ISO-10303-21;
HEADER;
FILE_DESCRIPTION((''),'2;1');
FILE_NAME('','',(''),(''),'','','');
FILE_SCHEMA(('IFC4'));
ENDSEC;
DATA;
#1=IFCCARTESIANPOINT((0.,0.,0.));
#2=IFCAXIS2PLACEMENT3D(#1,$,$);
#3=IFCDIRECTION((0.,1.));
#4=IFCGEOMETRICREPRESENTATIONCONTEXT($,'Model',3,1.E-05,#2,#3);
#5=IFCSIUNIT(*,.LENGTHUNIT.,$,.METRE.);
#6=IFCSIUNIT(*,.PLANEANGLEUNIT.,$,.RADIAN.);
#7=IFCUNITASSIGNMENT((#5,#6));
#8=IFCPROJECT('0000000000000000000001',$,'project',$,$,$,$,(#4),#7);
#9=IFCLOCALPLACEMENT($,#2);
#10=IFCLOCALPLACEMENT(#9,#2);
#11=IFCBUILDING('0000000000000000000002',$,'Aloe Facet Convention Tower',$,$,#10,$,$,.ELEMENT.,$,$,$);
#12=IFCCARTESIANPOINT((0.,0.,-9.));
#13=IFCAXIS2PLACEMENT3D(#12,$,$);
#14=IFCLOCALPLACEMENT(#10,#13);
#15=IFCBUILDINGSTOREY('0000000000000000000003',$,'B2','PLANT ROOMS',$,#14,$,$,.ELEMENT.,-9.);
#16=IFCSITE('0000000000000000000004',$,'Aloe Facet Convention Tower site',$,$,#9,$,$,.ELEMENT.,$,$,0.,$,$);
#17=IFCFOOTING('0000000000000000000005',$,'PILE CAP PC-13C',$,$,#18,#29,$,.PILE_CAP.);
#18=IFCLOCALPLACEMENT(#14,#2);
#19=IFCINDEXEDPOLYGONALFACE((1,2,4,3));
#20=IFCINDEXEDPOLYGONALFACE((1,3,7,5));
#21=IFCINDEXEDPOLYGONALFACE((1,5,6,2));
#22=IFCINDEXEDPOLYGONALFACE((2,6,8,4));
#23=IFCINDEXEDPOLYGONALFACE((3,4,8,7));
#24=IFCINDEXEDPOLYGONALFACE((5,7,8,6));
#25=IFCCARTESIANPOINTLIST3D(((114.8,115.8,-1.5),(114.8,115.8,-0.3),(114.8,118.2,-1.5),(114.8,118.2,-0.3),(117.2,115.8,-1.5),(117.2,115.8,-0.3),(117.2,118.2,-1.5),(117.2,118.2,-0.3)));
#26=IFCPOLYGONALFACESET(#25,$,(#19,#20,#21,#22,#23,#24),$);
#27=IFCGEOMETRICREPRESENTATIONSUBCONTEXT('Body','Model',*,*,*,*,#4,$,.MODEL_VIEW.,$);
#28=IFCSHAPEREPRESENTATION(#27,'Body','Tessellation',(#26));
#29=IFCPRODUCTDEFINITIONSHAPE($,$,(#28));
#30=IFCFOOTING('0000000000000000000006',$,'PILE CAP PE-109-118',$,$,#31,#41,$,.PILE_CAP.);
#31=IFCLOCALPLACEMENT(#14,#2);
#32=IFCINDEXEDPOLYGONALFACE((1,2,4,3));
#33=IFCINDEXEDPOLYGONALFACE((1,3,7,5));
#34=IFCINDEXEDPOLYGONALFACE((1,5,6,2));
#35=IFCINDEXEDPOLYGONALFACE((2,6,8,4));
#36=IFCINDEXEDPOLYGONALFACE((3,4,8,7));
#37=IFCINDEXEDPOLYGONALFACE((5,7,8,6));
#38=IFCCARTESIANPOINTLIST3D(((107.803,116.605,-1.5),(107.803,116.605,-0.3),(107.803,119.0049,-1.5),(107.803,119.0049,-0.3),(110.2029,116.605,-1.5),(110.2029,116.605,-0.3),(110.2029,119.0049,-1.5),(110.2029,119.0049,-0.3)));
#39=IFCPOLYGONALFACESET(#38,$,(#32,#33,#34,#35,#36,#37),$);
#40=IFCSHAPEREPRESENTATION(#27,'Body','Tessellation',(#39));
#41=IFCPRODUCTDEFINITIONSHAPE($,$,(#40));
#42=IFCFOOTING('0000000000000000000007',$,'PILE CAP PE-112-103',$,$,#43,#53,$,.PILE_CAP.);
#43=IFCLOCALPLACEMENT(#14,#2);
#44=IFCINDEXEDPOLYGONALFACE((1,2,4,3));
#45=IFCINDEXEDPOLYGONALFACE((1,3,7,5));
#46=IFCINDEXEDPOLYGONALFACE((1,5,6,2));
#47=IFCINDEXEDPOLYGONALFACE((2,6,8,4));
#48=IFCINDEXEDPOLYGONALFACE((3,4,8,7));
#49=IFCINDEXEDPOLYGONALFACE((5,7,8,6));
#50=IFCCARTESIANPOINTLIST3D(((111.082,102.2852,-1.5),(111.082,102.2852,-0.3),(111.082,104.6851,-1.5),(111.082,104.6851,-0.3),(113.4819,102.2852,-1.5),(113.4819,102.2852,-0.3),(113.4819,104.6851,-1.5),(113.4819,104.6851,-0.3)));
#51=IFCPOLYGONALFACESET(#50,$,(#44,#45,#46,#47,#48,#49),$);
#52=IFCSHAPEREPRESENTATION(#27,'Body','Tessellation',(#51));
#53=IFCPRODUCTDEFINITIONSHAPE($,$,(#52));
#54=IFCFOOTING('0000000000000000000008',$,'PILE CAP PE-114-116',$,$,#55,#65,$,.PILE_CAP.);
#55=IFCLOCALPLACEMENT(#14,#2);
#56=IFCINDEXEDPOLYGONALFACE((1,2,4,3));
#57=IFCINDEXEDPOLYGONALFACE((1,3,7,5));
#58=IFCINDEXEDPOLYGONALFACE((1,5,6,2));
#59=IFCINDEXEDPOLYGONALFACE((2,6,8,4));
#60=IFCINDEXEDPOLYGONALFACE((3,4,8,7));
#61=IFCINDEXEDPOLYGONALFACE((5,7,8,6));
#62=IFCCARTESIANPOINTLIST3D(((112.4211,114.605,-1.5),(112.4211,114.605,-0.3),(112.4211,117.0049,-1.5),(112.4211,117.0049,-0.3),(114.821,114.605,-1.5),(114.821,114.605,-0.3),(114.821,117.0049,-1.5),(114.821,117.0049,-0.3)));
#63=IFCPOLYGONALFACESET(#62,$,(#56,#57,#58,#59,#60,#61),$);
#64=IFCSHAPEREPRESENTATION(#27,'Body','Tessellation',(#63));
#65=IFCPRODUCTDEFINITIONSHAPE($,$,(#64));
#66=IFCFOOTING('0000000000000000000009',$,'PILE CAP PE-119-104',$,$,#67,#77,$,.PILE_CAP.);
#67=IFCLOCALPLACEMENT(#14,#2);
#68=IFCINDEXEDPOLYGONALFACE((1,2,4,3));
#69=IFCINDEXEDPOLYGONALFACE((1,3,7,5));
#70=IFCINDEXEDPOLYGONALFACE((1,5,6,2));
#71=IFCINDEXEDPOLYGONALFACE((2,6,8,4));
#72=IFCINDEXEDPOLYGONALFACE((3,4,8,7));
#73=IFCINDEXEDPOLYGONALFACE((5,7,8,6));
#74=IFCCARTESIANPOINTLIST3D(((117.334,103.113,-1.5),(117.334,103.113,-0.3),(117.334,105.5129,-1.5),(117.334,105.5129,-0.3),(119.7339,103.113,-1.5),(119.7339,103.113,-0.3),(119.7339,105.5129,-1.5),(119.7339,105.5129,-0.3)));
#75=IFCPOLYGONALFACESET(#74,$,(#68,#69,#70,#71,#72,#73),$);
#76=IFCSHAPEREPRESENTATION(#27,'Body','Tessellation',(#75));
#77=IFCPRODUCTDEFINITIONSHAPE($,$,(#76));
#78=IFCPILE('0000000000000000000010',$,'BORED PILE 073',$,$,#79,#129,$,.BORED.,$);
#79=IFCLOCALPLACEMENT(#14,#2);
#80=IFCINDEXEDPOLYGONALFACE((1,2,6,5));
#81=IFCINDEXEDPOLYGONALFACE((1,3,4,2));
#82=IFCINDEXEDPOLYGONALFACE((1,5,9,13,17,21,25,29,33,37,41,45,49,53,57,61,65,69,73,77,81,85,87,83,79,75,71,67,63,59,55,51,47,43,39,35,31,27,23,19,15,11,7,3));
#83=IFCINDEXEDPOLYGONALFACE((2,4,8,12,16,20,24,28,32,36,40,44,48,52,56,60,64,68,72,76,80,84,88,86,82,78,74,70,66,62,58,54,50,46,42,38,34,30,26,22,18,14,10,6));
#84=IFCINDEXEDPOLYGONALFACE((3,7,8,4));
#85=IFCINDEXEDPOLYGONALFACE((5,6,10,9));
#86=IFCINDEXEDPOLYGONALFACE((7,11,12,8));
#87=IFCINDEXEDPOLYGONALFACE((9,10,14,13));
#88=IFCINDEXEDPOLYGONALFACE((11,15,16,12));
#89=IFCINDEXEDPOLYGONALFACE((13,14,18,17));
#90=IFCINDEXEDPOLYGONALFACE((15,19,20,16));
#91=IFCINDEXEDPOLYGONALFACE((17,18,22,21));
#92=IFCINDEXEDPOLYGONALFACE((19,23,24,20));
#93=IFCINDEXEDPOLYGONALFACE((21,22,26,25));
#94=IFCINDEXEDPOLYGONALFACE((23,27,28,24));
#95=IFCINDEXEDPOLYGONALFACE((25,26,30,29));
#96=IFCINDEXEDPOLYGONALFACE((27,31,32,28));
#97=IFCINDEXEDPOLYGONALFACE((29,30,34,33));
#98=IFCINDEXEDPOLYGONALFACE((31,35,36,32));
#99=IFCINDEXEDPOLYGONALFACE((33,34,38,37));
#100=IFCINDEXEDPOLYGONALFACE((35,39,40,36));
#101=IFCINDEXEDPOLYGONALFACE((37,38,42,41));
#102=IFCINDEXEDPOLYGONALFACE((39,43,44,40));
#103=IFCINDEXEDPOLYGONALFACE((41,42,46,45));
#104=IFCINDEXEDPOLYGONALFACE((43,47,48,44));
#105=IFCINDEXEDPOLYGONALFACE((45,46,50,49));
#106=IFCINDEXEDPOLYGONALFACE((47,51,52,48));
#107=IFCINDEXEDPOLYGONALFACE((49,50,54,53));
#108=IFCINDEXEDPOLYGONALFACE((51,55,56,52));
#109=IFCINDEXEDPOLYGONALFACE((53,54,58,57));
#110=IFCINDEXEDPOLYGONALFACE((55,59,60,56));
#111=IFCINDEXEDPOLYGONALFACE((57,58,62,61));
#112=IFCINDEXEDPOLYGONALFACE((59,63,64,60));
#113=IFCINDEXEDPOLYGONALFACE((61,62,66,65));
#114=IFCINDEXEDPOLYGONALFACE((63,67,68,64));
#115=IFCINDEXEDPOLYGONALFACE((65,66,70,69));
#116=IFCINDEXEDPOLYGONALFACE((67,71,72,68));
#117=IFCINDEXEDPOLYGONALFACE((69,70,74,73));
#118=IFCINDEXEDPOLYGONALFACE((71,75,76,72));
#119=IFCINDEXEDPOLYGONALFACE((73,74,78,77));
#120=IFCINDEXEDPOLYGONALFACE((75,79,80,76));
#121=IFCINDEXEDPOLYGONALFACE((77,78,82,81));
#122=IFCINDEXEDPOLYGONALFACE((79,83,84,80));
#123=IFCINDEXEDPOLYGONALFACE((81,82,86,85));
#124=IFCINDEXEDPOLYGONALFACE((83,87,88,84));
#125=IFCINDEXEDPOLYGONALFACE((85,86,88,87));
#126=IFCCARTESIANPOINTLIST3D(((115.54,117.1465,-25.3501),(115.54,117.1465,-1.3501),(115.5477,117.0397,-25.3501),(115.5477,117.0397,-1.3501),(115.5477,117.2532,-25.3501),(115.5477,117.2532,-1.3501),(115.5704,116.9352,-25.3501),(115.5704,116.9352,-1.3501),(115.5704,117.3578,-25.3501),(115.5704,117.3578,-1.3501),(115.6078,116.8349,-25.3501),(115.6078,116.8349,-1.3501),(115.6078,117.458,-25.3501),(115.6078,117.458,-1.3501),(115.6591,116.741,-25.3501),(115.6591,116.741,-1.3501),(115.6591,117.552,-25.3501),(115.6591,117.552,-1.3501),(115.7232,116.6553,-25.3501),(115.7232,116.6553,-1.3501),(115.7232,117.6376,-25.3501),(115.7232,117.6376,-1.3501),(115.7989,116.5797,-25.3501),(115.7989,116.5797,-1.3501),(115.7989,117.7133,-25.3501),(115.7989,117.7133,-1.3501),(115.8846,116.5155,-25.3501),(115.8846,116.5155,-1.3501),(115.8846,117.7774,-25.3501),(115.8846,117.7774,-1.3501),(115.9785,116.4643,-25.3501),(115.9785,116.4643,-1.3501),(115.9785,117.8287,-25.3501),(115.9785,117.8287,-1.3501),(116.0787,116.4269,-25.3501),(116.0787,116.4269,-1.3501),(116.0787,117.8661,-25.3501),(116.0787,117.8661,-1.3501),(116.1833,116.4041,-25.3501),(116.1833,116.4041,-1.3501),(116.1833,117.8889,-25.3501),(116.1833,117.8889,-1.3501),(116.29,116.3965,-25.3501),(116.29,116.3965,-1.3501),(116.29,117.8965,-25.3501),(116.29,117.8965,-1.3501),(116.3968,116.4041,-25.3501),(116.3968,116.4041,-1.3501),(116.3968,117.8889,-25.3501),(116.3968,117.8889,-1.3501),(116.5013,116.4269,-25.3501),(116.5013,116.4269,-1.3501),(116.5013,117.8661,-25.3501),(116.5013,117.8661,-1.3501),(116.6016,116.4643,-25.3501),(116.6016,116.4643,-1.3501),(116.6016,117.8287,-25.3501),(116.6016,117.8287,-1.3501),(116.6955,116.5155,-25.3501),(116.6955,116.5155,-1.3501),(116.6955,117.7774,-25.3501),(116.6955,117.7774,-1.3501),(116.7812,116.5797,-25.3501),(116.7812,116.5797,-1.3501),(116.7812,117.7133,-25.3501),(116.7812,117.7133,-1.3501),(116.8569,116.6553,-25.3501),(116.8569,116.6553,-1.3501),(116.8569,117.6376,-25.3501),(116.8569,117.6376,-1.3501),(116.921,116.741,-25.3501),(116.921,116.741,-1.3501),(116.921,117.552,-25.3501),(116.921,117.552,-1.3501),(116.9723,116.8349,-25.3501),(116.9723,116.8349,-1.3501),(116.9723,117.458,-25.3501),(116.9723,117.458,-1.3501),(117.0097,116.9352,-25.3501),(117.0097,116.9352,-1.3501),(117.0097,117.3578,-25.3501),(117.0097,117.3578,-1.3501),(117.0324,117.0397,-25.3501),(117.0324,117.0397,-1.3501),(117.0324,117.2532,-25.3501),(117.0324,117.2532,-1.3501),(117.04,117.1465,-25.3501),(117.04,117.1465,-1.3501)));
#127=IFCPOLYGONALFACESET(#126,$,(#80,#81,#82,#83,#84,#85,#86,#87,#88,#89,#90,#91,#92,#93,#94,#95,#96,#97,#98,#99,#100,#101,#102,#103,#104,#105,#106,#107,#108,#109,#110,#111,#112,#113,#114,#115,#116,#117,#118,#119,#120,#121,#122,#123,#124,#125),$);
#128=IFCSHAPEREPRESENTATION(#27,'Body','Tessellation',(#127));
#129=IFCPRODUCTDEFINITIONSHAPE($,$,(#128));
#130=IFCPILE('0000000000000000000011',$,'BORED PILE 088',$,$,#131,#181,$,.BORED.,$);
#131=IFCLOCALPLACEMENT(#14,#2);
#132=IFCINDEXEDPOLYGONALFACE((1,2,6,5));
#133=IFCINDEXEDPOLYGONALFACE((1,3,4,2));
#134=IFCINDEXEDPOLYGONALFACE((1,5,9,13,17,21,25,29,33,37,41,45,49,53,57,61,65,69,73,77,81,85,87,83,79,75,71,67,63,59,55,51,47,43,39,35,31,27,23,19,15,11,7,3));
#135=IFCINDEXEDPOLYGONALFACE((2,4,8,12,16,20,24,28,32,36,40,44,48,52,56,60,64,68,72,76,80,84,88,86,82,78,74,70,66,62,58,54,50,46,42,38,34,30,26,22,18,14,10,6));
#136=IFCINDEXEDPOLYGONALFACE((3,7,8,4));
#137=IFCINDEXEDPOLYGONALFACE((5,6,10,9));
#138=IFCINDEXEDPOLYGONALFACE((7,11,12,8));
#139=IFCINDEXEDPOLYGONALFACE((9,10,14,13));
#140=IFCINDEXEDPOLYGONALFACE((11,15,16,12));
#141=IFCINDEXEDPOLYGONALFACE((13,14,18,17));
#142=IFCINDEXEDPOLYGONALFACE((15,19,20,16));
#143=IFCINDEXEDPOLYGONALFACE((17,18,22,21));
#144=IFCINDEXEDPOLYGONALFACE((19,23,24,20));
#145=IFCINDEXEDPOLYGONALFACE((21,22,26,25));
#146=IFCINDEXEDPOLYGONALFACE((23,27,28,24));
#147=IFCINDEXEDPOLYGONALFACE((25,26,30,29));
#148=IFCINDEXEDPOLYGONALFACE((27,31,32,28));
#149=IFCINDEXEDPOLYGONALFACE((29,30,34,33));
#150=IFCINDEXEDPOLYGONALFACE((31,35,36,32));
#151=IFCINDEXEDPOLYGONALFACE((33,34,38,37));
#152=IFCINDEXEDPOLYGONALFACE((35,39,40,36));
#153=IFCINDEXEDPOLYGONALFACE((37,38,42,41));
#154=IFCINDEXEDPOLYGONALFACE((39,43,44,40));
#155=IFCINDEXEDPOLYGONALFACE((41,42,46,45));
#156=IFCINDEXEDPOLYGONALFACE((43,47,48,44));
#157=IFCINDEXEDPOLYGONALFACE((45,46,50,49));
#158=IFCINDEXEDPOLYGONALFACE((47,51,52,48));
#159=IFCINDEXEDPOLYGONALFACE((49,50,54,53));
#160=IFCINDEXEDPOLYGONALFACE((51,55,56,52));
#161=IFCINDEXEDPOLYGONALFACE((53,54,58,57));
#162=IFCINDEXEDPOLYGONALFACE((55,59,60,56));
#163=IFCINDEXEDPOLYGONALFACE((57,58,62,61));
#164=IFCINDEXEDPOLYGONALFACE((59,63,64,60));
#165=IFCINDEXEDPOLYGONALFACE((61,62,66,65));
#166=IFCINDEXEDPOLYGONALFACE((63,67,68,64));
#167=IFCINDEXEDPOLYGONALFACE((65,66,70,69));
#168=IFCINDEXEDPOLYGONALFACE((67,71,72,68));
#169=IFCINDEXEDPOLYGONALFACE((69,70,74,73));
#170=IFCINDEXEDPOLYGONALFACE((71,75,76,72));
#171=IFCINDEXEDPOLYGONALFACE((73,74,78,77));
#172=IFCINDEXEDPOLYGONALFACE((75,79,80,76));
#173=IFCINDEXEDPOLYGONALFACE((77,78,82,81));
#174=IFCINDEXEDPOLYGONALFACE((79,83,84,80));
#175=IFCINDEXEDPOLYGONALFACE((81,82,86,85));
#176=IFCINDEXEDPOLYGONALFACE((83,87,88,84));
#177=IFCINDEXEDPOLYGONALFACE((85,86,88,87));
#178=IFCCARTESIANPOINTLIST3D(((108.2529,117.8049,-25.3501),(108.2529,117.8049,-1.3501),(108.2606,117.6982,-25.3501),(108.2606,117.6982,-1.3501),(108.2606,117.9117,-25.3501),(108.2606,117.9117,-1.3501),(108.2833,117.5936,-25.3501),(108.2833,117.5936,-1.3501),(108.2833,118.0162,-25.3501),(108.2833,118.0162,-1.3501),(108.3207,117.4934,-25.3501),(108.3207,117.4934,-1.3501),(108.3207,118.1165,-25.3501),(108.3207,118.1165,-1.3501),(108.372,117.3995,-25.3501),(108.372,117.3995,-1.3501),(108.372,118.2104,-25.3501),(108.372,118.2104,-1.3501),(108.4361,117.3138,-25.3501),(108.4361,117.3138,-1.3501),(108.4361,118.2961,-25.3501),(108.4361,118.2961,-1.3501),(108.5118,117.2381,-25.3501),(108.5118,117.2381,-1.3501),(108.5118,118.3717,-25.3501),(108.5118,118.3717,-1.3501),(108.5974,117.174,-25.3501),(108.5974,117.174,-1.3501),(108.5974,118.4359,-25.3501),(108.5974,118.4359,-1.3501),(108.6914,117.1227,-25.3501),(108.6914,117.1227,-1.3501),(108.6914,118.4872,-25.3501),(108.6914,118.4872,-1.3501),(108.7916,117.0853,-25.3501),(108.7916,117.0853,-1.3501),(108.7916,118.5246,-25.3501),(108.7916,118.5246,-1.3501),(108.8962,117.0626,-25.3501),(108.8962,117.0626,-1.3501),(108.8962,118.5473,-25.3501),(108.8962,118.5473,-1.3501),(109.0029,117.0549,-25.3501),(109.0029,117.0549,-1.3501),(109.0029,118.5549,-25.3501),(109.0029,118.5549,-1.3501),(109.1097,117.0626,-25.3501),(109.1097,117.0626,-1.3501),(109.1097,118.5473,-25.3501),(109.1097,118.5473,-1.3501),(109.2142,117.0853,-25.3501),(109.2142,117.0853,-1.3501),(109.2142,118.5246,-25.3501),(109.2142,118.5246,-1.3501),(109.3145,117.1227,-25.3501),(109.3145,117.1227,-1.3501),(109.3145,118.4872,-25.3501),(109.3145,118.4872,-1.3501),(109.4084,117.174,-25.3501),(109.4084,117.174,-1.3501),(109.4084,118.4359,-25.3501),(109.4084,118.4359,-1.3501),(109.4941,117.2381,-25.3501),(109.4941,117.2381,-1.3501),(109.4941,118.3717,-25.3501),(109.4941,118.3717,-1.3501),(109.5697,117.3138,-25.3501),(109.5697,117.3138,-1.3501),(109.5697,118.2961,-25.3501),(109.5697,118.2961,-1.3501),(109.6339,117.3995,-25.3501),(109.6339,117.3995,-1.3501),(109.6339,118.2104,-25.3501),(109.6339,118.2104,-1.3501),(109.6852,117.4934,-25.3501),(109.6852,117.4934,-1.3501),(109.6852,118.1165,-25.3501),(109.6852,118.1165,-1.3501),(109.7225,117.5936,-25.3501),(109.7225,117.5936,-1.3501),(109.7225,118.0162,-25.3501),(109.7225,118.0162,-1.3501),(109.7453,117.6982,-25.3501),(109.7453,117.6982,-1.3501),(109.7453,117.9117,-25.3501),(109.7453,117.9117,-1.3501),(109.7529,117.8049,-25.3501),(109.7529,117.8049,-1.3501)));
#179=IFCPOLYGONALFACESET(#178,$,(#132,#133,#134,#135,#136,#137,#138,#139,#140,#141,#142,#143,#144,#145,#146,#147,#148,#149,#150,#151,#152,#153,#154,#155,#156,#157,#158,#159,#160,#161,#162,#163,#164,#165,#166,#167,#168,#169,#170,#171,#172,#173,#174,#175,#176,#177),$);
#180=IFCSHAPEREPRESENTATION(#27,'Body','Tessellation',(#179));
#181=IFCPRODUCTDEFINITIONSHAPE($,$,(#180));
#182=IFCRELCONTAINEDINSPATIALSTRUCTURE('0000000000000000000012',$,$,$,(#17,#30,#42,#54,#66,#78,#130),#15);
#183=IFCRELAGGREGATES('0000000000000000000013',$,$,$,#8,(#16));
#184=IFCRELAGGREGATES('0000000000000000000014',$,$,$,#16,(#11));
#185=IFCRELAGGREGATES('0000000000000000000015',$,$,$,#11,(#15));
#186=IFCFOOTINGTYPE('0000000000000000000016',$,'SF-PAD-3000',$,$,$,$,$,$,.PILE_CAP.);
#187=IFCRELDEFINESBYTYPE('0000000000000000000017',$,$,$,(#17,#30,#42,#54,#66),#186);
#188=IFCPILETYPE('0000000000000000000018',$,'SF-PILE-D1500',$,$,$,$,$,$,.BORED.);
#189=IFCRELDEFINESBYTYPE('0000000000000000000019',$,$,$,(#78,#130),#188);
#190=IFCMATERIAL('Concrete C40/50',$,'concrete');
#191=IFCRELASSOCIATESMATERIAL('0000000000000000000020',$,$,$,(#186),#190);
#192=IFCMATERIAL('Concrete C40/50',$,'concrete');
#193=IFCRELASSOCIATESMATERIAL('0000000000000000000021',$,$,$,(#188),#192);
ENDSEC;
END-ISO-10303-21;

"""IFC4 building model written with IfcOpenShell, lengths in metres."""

from ifc_helpers import new_model, si_unit, direction, frame, origin, origin_2d, place, context, subcontext, project, spatial, rectangle, circle, extrude, material, material_profile, profile_set, type_object, element, save


model = new_model("IFC4")

# Units and contexts
model_context = context("Model", 3, precision=1e-05, world=origin(), true_north=direction((0.0, 1.0)))
body_context = subcontext(model_context, "Body", "Model", "MODEL_VIEW")
ifc_project = project(units=[si_unit("LENGTHUNIT", "METRE"), si_unit("PLANEANGLEUNIT", "RADIAN")], contexts=[model_context])

# Site, building, storey
site_placement = place(None, origin())
site = spatial("IfcSite", under=ifc_project, at=site_placement, Name="Aloe Facet Convention Tower site", CompositionType="ELEMENT", RefElevation=0.0)
building_placement = place(site_placement, origin())
building = spatial("IfcBuilding", under=site, at=building_placement, Name="Aloe Facet Convention Tower", CompositionType="ELEMENT")
storey_placement = place(building_placement, frame((0.0, 0.0, -9.0)))
storey = spatial("IfcBuildingStorey", under=building, at=storey_placement, Name="B2", Description="PLANT ROOMS", CompositionType="ELEMENT", Elevation=-9.0)

# Footings
ifc_material_1 = material(Name="Concrete C40/50", Category="concrete")
footing_type = type_object("IfcFootingType", Name="SF-PAD-3000", PredefinedType="PILE_CAP", material=ifc_material_1)
for number, where, z_axis, x_axis, name in (
    (1, (116.0, 117.0, -1.5), (0.0, 0.0, 1.0), (1.0, 0.0, 0.0), "PILE CAP PC-13C"),
    (2, (109.0029, 117.8049, -1.5), (0.0, 0.0, 1.0), (1.0, 0.0, 0.0), "PILE CAP PE-109-118"),
    (3, (112.282, 103.4851, -1.5), (0.0, 0.0, 1.0), (1.0, 0.0, 0.0), "PILE CAP PE-112-103"),
    (4, (113.6211, 115.8049, -1.5), (0.0, 0.0, 1.0), (1.0, 0.0, 0.0), "PILE CAP PE-114-116"),
    (5, (118.5339, 104.313, -1.5), (0.0, 0.0, 1.0), (1.0, 0.0, 0.0), "PILE CAP PE-119-104"),
):
    element("IfcFooting", number, at=place(storey_placement, frame(where, z_axis=z_axis, x_axis=x_axis)), inside=storey, type_object=footing_type, Name=name, PredefinedType="PILE_CAP", context=body_context, shape_type="SweptSolid", body=[
        extrude(rectangle(XDim=2.3999, YDim=2.3999, at=origin_2d()), origin(), (0.0, 0.0, 1.0), 1.2),
    ])

# Piles
ifc_material_2 = material(Name="Concrete C40/50", Category="concrete")
ifc_material_profile_1 = material_profile(ifc_material_2, circle(Radius=0.75, at=origin_2d()), Name="D1500")
ifc_profile_set_1 = profile_set([ifc_material_profile_1], Name="Concrete C40/50")
pile_type = type_object("IfcPileType", Name="SF-PILE-D1500", PredefinedType="BORED", material=ifc_profile_set_1)
for number, where, z_axis, x_axis, name in (
    (6, (116.29, 117.1465, -1.3501), (0.0, 0.0, -1.0), (1.0, 0.0, 0.0), "BORED PILE 073"),
    (7, (109.0029, 117.8049, -1.3501), (0.0, 0.0, -1.0), (1.0, 0.0, 0.0), "BORED PILE 088"),
):
    element("IfcPile", number, at=place(storey_placement, frame(where, z_axis=z_axis, x_axis=x_axis)), inside=storey, type_object=pile_type, Name=name, PredefinedType="BORED", context=body_context, shape_type="SweptSolid", body=[
        extrude(circle(Radius=0.75, at=origin_2d()), origin(), (0.0, 0.0, 1.0), 24.0),
    ])

save(model, "model.ifc")
